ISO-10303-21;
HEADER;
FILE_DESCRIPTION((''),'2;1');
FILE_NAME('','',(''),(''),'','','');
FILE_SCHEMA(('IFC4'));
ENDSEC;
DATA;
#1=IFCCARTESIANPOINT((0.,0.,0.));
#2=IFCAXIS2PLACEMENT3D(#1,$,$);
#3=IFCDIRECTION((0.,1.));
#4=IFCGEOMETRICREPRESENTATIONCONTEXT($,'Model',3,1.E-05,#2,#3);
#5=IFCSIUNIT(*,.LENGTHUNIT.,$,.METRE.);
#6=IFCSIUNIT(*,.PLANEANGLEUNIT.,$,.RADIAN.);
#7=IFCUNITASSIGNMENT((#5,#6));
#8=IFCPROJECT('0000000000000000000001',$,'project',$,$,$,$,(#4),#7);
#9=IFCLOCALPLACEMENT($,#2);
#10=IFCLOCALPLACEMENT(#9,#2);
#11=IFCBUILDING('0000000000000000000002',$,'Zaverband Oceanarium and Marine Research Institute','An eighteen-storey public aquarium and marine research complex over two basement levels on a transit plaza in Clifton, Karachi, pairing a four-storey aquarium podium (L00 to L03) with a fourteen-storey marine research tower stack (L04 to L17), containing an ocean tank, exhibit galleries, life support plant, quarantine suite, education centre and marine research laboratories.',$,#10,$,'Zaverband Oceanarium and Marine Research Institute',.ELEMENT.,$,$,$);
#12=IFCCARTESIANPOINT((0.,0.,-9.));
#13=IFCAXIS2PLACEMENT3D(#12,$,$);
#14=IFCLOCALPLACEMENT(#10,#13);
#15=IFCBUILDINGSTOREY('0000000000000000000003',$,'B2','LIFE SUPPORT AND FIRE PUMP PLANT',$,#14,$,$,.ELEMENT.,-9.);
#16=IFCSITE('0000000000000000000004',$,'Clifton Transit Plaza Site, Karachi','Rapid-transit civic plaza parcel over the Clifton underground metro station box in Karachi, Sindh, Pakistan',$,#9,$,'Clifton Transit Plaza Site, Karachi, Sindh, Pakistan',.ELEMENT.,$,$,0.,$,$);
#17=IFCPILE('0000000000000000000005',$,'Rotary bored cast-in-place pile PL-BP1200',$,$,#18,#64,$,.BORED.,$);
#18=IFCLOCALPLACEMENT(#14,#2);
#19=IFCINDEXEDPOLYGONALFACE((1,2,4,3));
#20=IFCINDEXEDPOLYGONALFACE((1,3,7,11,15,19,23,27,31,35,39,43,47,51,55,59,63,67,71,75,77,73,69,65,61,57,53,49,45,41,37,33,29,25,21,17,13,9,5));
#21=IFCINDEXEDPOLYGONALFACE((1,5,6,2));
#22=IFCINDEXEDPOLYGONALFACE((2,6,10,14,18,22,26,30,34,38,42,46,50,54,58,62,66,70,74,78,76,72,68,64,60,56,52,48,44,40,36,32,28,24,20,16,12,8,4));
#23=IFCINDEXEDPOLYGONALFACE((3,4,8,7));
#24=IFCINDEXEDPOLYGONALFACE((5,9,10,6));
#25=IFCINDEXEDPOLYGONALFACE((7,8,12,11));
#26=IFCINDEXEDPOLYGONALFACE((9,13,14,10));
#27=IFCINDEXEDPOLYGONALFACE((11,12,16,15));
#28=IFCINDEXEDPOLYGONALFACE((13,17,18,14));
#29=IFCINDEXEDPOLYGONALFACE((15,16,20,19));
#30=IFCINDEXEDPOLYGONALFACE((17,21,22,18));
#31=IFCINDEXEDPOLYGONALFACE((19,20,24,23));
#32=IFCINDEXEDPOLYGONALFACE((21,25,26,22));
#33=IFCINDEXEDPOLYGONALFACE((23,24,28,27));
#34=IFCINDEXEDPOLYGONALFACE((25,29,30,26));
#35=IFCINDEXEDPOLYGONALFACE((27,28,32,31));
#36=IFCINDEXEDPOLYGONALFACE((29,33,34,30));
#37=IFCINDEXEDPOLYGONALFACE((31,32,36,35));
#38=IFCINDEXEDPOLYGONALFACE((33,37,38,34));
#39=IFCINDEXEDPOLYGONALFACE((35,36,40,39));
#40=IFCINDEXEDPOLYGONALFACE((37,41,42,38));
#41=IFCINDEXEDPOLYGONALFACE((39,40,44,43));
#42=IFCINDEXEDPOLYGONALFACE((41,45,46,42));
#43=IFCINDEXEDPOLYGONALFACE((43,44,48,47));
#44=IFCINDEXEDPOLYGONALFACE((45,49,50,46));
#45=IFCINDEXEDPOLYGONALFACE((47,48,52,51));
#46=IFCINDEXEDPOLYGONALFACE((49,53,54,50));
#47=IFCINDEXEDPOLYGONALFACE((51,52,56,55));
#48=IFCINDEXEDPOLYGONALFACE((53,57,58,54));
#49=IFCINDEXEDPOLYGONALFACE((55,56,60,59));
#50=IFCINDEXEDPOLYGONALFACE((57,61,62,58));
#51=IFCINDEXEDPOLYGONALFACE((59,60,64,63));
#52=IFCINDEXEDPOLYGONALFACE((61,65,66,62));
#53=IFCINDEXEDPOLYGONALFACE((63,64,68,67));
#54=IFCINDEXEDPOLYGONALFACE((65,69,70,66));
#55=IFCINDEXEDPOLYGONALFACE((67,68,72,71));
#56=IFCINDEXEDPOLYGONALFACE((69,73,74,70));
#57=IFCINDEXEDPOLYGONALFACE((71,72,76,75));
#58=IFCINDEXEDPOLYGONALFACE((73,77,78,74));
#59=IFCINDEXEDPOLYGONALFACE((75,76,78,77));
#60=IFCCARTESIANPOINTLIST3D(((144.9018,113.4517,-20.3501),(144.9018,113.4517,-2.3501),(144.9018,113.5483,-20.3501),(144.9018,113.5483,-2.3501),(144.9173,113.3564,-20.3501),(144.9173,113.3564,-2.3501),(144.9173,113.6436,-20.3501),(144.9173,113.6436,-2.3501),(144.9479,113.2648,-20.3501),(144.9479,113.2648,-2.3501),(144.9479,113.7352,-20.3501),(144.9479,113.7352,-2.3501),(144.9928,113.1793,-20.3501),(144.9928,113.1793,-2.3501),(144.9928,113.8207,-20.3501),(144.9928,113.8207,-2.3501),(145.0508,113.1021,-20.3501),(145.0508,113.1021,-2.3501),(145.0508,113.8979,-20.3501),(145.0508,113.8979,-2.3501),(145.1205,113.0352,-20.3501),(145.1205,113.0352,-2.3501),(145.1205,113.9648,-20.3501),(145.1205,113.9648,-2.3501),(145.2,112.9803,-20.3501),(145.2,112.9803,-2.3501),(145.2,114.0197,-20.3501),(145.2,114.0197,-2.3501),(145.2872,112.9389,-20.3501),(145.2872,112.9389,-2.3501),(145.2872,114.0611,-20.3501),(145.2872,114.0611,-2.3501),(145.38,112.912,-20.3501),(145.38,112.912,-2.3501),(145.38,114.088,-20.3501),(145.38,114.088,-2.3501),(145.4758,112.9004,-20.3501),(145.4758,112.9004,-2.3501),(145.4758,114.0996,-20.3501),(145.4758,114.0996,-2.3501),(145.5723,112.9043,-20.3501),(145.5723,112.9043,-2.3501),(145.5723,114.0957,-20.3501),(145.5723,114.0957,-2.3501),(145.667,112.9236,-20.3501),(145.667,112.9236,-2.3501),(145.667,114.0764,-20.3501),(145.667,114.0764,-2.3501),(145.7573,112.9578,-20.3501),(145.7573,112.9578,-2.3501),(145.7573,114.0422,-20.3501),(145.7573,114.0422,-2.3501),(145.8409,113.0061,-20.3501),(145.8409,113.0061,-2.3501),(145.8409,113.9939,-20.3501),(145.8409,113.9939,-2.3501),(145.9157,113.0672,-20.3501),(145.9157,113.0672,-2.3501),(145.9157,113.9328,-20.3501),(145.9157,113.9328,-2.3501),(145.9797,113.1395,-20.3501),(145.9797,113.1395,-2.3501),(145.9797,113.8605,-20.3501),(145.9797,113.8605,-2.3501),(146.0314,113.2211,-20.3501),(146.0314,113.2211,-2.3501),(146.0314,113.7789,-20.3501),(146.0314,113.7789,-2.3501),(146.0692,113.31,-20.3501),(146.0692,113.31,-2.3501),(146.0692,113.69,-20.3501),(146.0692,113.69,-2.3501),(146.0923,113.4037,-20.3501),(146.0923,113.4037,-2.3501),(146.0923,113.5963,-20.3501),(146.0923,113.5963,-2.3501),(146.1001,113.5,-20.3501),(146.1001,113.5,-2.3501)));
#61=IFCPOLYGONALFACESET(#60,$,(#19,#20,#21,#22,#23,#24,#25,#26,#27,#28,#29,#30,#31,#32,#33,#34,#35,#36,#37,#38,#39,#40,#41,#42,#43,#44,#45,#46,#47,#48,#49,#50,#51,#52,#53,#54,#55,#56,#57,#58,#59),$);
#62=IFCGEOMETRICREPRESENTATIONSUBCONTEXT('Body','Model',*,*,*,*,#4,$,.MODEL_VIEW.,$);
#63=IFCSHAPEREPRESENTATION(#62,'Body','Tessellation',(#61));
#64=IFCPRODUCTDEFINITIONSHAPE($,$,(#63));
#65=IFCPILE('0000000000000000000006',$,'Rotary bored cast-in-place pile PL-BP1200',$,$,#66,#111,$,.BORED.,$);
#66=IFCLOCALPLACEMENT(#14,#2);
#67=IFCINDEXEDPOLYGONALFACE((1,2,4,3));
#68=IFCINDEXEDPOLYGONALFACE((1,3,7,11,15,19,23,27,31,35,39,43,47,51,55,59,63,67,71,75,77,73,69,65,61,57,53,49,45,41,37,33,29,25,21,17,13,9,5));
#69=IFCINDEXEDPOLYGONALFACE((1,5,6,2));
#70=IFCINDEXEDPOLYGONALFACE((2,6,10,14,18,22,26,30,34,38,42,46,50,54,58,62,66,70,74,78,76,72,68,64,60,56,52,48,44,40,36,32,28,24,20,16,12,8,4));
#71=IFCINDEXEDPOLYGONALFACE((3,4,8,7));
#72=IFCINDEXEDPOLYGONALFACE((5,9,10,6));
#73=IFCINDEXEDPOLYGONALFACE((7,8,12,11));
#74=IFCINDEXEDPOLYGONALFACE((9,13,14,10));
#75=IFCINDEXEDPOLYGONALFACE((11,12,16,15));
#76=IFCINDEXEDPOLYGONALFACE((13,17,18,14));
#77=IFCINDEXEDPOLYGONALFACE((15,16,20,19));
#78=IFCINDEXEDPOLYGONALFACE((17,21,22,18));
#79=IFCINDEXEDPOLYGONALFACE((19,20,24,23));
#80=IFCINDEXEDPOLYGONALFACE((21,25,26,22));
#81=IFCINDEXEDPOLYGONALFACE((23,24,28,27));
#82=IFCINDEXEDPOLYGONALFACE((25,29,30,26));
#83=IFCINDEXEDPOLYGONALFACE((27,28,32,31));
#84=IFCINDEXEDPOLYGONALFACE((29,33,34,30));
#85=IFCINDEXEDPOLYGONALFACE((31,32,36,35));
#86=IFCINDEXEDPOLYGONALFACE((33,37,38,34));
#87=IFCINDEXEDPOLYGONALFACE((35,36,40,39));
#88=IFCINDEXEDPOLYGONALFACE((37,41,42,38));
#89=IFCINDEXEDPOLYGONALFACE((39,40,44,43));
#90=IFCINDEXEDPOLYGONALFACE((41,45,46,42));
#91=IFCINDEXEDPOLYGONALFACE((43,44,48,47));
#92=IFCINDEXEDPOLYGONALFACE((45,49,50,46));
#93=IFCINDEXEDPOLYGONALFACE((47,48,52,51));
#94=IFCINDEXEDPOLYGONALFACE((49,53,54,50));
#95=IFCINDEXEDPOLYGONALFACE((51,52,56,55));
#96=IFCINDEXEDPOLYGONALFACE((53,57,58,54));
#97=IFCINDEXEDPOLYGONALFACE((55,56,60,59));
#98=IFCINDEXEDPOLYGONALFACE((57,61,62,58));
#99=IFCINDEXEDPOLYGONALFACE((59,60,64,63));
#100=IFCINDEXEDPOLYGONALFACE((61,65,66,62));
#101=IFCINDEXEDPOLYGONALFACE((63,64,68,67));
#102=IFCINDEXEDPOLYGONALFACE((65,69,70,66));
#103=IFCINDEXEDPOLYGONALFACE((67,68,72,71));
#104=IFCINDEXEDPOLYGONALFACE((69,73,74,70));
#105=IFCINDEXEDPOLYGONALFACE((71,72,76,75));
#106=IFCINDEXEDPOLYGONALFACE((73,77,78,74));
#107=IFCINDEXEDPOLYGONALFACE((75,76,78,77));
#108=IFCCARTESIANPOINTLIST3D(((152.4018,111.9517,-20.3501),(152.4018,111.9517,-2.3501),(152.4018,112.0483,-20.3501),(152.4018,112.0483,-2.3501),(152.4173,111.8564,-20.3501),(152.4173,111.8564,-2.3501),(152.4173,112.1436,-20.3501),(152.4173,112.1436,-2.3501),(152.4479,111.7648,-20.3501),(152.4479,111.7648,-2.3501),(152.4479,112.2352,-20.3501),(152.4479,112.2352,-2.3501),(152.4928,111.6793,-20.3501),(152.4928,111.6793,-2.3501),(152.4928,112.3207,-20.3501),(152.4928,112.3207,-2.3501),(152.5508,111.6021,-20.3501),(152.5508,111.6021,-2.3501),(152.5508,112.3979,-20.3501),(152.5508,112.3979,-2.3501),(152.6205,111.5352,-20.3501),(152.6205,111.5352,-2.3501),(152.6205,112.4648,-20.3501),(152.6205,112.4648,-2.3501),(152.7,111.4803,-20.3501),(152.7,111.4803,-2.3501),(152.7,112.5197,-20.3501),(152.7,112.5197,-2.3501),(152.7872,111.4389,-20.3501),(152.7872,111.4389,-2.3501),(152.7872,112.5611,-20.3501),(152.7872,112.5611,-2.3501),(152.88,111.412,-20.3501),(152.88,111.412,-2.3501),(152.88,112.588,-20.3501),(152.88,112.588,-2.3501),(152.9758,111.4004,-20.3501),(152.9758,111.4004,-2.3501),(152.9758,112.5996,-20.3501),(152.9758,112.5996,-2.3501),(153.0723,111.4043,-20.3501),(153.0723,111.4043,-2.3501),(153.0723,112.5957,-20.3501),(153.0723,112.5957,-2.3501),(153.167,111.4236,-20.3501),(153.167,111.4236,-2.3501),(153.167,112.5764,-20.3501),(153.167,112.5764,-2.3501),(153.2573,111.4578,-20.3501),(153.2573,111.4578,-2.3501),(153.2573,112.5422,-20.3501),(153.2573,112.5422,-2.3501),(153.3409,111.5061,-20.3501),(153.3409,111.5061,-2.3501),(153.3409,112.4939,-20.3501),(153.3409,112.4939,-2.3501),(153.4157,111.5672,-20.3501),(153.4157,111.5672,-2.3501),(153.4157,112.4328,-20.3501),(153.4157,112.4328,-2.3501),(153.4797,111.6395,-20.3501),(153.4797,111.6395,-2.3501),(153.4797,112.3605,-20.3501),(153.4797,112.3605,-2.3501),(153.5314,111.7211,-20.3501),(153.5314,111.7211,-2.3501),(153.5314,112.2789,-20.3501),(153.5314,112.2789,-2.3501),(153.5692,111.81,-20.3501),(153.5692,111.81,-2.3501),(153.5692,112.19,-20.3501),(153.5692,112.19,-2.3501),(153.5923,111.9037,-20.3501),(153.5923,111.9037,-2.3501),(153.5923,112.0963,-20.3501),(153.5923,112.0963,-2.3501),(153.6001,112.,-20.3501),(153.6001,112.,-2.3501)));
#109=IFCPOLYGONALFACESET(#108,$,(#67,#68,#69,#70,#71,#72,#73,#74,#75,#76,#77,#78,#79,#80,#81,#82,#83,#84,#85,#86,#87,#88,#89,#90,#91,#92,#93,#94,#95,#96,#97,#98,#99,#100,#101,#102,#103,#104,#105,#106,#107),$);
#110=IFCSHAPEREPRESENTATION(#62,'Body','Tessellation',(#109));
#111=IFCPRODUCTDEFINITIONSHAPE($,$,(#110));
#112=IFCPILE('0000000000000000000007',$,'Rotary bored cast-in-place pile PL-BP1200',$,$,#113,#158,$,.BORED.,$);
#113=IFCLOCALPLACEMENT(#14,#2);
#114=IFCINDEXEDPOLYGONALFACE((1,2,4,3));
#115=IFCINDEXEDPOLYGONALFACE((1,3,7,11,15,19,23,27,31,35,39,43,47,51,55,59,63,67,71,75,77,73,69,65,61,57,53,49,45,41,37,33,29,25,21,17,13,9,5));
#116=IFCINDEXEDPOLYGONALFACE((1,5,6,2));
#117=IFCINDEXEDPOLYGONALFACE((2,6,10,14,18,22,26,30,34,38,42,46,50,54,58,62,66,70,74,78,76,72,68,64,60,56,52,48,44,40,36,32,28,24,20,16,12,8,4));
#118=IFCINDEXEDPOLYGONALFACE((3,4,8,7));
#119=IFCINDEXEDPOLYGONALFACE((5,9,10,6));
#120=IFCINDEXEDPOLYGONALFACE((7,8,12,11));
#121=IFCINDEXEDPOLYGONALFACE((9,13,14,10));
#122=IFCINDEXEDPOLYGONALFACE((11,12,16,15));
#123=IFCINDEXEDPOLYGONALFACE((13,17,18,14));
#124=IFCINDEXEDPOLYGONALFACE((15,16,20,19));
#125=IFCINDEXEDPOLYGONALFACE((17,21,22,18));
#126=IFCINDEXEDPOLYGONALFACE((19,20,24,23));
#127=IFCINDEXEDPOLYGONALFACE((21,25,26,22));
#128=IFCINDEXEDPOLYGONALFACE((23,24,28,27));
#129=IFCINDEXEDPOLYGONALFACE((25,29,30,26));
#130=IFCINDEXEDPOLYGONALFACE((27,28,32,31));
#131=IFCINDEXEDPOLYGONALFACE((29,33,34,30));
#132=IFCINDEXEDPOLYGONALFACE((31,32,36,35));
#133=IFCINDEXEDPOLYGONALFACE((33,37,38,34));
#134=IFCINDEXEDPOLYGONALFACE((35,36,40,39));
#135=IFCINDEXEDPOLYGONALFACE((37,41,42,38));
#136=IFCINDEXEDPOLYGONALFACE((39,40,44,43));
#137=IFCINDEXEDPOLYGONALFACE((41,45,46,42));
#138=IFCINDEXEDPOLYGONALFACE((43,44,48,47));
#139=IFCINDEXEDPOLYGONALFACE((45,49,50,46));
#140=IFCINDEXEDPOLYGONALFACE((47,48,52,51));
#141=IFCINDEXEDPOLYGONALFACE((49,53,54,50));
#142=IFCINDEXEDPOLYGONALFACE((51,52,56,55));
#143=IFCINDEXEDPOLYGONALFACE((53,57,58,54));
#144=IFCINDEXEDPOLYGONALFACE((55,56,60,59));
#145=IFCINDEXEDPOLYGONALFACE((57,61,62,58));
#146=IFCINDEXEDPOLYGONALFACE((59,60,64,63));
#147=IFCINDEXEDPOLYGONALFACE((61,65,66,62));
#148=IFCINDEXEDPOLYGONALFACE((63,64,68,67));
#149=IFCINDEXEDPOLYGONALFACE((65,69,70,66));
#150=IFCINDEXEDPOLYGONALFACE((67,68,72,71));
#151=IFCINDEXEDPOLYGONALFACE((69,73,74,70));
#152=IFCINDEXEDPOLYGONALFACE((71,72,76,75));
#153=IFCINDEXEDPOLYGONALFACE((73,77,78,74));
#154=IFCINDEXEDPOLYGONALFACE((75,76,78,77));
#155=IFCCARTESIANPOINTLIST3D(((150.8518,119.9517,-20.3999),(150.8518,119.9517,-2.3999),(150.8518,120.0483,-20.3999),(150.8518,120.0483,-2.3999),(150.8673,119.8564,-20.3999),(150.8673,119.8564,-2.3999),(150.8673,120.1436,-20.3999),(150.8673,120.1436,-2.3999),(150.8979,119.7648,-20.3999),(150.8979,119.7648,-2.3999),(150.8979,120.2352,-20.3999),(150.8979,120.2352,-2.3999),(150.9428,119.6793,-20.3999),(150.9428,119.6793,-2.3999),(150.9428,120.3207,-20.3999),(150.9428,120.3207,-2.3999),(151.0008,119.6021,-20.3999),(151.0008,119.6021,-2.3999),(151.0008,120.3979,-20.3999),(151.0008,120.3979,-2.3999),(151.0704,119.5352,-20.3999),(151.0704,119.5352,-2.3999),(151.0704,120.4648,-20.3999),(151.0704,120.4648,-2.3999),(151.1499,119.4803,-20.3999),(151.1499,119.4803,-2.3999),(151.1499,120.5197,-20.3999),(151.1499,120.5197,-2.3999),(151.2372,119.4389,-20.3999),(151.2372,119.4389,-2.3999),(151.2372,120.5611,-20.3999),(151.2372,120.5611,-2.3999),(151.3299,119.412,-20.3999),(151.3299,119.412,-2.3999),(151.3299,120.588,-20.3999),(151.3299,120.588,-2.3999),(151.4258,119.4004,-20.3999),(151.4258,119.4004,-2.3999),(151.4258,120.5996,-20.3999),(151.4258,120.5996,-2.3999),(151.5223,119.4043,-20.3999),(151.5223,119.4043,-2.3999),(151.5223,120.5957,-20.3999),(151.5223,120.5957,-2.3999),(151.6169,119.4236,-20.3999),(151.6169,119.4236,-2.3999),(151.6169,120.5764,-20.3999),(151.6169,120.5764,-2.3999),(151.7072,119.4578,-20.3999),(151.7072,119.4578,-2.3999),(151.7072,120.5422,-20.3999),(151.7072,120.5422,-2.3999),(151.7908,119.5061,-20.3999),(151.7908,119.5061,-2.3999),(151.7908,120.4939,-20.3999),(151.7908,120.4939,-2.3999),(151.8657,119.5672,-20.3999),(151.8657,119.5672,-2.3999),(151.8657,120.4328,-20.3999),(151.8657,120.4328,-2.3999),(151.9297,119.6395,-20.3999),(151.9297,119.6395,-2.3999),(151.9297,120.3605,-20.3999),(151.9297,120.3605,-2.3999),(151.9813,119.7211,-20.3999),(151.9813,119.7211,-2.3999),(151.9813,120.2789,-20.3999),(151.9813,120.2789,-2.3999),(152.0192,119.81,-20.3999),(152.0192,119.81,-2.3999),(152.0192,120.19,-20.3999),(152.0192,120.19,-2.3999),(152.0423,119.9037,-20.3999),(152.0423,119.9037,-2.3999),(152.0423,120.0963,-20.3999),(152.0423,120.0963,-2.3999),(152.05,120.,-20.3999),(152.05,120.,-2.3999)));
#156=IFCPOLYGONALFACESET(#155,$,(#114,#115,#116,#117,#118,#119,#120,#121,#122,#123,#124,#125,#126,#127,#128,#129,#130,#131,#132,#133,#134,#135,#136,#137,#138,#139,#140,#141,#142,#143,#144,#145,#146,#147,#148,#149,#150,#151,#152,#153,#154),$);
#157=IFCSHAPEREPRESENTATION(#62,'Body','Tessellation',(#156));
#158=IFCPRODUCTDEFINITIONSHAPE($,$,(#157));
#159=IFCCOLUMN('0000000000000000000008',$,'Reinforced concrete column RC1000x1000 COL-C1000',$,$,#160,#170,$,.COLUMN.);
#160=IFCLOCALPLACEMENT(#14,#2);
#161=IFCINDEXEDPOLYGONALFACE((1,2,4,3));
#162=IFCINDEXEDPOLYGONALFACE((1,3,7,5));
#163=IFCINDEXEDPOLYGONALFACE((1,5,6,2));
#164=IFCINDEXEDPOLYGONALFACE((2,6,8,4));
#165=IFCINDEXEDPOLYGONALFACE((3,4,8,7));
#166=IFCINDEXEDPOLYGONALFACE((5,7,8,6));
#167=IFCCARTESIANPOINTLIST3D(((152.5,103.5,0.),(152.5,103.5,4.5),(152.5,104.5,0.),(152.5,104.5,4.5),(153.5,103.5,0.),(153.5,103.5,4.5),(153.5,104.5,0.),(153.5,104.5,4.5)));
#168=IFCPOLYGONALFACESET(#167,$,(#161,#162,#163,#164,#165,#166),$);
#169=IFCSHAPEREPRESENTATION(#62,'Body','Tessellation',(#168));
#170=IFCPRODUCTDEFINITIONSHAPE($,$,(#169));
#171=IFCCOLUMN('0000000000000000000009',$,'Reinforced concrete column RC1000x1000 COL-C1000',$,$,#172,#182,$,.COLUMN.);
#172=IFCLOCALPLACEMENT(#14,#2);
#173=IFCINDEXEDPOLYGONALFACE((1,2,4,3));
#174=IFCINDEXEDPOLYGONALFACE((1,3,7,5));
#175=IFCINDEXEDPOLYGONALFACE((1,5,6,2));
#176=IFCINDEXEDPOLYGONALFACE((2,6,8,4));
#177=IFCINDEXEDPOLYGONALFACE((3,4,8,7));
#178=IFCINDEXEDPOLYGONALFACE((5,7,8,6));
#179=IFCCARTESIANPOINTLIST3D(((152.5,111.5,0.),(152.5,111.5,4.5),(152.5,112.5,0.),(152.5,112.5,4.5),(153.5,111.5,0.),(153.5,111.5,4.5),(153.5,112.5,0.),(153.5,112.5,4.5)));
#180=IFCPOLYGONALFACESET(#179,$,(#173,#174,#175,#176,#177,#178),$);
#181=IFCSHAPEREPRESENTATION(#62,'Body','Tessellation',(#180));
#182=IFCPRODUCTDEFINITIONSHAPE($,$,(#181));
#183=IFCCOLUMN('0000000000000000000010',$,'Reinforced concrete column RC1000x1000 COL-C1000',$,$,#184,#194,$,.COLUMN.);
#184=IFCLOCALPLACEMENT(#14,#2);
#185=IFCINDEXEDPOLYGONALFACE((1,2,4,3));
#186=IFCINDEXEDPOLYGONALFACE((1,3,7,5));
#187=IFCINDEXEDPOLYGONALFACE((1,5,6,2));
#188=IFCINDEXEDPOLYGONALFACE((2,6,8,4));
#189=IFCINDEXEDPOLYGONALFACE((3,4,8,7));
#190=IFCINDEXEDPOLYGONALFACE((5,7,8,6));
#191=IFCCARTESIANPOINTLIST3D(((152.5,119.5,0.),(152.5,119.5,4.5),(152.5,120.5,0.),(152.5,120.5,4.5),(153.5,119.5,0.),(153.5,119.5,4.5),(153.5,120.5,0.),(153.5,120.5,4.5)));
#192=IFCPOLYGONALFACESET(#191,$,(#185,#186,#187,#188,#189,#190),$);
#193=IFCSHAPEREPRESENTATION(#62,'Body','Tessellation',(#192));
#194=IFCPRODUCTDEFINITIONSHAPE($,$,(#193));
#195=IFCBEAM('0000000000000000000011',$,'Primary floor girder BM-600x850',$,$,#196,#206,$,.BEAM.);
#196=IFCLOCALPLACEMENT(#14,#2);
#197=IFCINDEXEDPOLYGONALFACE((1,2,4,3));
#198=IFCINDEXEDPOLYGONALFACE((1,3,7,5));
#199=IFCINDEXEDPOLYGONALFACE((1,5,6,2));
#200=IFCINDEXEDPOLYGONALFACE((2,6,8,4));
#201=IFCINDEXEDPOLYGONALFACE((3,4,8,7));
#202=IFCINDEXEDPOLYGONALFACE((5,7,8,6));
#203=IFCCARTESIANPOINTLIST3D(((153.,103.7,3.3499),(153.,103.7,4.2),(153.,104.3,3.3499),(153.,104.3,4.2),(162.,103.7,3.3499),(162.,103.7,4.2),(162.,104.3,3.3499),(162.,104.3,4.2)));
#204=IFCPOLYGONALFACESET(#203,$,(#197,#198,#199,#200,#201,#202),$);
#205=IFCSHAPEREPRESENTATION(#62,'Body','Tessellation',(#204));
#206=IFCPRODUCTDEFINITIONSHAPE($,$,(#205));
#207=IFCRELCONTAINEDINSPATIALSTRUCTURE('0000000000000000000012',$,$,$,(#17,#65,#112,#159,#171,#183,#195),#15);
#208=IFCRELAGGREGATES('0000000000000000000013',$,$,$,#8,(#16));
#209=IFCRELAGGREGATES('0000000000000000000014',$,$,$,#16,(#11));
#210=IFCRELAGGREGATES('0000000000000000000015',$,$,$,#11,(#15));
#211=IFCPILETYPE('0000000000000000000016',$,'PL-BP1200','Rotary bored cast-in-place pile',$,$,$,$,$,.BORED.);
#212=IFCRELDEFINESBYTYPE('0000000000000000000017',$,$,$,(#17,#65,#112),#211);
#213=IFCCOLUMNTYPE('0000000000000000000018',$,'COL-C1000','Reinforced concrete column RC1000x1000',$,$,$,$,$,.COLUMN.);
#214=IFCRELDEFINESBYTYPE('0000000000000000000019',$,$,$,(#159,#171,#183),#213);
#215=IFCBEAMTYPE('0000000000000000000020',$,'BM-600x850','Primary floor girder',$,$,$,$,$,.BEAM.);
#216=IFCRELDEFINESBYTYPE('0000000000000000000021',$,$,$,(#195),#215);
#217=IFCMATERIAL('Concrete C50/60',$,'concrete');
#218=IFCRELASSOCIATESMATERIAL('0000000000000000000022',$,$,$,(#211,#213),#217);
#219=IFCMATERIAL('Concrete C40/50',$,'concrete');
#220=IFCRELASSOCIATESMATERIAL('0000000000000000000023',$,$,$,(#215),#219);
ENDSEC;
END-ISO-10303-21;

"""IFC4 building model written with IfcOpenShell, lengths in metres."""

from ifc_helpers import new_model, si_unit, direction, frame, origin, origin_2d, place, context, subcontext, project, spatial, rectangle, circle, extrude, material, material_profile, profile_set, type_object, element, save


model = new_model("IFC4")

# Units and contexts
model_context = context("Model", 3, precision=1e-05, world=origin(), true_north=direction((0.0, 1.0)))
body_context = subcontext(model_context, "Body", "Model", "MODEL_VIEW")
ifc_project = project(units=[si_unit("LENGTHUNIT", "METRE"), si_unit("PLANEANGLEUNIT", "RADIAN")], contexts=[model_context])

# Site, building, storey
site_placement = place(None, origin())
site = spatial("IfcSite", under=ifc_project, at=site_placement, Name="Clifton Transit Plaza Site, Karachi", Description="Rapid-transit civic plaza parcel over the Clifton underground metro station box in Karachi, Sindh, Pakistan", LongName="Clifton Transit Plaza Site, Karachi, Sindh, Pakistan", CompositionType="ELEMENT", RefElevation=0.0)
building_placement = place(site_placement, origin())
building = spatial("IfcBuilding", under=site, at=building_placement, Name="Zaverband Oceanarium and Marine Research Institute", Description="An eighteen-storey public aquarium and marine research complex over two basement levels on a transit plaza in Clifton, Karachi, pairing a four-storey aquarium podium (L00 to L03) with a fourteen-storey marine research tower stack (L04 to L17), containing an ocean tank, exhibit galleries, life support plant, quarantine suite, education centre and marine research laboratories.", LongName="Zaverband Oceanarium and Marine Research Institute", CompositionType="ELEMENT")
storey_placement = place(building_placement, frame((0.0, 0.0, -9.0)))
storey = spatial("IfcBuildingStorey", under=building, at=storey_placement, Name="B2", Description="LIFE SUPPORT AND FIRE PUMP PLANT", CompositionType="ELEMENT", Elevation=-9.0)

# Shared definitions
ifc_material_1 = material(Name="Concrete C50/60", Category="concrete")

# Piles
ifc_material_profile_1 = material_profile(ifc_material_1, circle(Radius=0.6001, at=origin_2d()), Name="BP1200")
ifc_profile_set_1 = profile_set([ifc_material_profile_1], Name="Concrete C50/60")
pile_type_1 = type_object("IfcPileType", Name="PL-BP1200", Description="Rotary bored cast-in-place pile", PredefinedType="BORED", material=ifc_profile_set_1)
for number, where, z_axis, x_axis, name in (
    (1, (145.5, 113.5, -2.3501), (0.0, 0.0, -1.0), (1.0, 0.0, 0.0), "Rotary bored cast-in-place pile PL-BP1200"),
    (2, (153.0, 112.0, -2.3501), (0.0, 0.0, -1.0), (1.0, 0.0, 0.0), "Rotary bored cast-in-place pile PL-BP1200"),
    (3, (151.45, 120.0, -2.3999), (0.0, 0.0, -1.0), (1.0, 0.0, 0.0), "Rotary bored cast-in-place pile PL-BP1200"),
):
    element("IfcPile", number, at=place(storey_placement, frame(where, z_axis=z_axis, x_axis=x_axis)), inside=storey, type_object=pile_type_1, Name=name, PredefinedType="BORED", context=body_context, shape_type="SweptSolid", body=[
        extrude(circle(Radius=0.6001, at=origin_2d()), origin(), (0.0, 0.0, 1.0), 18.0),
    ])

# Columns
ifc_material_profile_2 = material_profile(ifc_material_1, rectangle(XDim=1.0, YDim=1.0, at=origin_2d()), Name="RC1000x1000")
ifc_profile_set_2 = profile_set([ifc_material_profile_2], Name="Concrete C50/60")
column_type = type_object("IfcColumnType", Name="COL-C1000", Description="Reinforced concrete column RC1000x1000", PredefinedType="COLUMN", material=ifc_profile_set_2)
for number, where, z_axis, x_axis, name in (
    (4, (153.0, 104.0, 0.0), (0.0, 0.0, 1.0), (1.0, 0.0, 0.0), "Reinforced concrete column RC1000x1000 COL-C1000"),
    (5, (153.0, 112.0, 0.0), (0.0, 0.0, 1.0), (1.0, 0.0, 0.0), "Reinforced concrete column RC1000x1000 COL-C1000"),
    (6, (153.0, 120.0, 0.0), (0.0, 0.0, 1.0), (1.0, 0.0, 0.0), "Reinforced concrete column RC1000x1000 COL-C1000"),
):
    element("IfcColumn", number, at=place(storey_placement, frame(where, z_axis=z_axis, x_axis=x_axis)), inside=storey, type_object=column_type, Name=name, PredefinedType="COLUMN", context=body_context, shape_type="SweptSolid", body=[
        extrude(rectangle(XDim=1.0, YDim=1.0, at=origin_2d()), origin(), (0.0, 0.0, 1.0), 4.5),
    ])

# Beam
ifc_material_2 = material(Name="Concrete C40/50", Category="concrete")
ifc_material_profile_3 = material_profile(ifc_material_2, rectangle(XDim=0.6001, YDim=0.8501, at=origin_2d()), Name="RC600x850")
ifc_profile_set_3 = profile_set([ifc_material_profile_3], Name="Concrete C40/50")
beam_type_1 = type_object("IfcBeamType", Name="BM-600x850", Description="Primary floor girder", PredefinedType="BEAM", material=ifc_profile_set_3)
for number, where, z_axis, x_axis, name in (
    (7, (153.0, 104.0, 3.7749), (1.0, 0.0, 0.0), (0.0, 1.0, 0.0), "Primary floor girder BM-600x850"),
):
    element("IfcBeam", number, at=place(storey_placement, frame(where, z_axis=z_axis, x_axis=x_axis)), inside=storey, type_object=beam_type_1, Name=name, PredefinedType="BEAM", context=body_context, shape_type="SweptSolid", body=[
        extrude(rectangle(XDim=0.6001, YDim=0.8501, at=origin_2d()), origin(), (0.0, 0.0, 1.0), 9.0),
    ])

save(model, "model.ifc")
